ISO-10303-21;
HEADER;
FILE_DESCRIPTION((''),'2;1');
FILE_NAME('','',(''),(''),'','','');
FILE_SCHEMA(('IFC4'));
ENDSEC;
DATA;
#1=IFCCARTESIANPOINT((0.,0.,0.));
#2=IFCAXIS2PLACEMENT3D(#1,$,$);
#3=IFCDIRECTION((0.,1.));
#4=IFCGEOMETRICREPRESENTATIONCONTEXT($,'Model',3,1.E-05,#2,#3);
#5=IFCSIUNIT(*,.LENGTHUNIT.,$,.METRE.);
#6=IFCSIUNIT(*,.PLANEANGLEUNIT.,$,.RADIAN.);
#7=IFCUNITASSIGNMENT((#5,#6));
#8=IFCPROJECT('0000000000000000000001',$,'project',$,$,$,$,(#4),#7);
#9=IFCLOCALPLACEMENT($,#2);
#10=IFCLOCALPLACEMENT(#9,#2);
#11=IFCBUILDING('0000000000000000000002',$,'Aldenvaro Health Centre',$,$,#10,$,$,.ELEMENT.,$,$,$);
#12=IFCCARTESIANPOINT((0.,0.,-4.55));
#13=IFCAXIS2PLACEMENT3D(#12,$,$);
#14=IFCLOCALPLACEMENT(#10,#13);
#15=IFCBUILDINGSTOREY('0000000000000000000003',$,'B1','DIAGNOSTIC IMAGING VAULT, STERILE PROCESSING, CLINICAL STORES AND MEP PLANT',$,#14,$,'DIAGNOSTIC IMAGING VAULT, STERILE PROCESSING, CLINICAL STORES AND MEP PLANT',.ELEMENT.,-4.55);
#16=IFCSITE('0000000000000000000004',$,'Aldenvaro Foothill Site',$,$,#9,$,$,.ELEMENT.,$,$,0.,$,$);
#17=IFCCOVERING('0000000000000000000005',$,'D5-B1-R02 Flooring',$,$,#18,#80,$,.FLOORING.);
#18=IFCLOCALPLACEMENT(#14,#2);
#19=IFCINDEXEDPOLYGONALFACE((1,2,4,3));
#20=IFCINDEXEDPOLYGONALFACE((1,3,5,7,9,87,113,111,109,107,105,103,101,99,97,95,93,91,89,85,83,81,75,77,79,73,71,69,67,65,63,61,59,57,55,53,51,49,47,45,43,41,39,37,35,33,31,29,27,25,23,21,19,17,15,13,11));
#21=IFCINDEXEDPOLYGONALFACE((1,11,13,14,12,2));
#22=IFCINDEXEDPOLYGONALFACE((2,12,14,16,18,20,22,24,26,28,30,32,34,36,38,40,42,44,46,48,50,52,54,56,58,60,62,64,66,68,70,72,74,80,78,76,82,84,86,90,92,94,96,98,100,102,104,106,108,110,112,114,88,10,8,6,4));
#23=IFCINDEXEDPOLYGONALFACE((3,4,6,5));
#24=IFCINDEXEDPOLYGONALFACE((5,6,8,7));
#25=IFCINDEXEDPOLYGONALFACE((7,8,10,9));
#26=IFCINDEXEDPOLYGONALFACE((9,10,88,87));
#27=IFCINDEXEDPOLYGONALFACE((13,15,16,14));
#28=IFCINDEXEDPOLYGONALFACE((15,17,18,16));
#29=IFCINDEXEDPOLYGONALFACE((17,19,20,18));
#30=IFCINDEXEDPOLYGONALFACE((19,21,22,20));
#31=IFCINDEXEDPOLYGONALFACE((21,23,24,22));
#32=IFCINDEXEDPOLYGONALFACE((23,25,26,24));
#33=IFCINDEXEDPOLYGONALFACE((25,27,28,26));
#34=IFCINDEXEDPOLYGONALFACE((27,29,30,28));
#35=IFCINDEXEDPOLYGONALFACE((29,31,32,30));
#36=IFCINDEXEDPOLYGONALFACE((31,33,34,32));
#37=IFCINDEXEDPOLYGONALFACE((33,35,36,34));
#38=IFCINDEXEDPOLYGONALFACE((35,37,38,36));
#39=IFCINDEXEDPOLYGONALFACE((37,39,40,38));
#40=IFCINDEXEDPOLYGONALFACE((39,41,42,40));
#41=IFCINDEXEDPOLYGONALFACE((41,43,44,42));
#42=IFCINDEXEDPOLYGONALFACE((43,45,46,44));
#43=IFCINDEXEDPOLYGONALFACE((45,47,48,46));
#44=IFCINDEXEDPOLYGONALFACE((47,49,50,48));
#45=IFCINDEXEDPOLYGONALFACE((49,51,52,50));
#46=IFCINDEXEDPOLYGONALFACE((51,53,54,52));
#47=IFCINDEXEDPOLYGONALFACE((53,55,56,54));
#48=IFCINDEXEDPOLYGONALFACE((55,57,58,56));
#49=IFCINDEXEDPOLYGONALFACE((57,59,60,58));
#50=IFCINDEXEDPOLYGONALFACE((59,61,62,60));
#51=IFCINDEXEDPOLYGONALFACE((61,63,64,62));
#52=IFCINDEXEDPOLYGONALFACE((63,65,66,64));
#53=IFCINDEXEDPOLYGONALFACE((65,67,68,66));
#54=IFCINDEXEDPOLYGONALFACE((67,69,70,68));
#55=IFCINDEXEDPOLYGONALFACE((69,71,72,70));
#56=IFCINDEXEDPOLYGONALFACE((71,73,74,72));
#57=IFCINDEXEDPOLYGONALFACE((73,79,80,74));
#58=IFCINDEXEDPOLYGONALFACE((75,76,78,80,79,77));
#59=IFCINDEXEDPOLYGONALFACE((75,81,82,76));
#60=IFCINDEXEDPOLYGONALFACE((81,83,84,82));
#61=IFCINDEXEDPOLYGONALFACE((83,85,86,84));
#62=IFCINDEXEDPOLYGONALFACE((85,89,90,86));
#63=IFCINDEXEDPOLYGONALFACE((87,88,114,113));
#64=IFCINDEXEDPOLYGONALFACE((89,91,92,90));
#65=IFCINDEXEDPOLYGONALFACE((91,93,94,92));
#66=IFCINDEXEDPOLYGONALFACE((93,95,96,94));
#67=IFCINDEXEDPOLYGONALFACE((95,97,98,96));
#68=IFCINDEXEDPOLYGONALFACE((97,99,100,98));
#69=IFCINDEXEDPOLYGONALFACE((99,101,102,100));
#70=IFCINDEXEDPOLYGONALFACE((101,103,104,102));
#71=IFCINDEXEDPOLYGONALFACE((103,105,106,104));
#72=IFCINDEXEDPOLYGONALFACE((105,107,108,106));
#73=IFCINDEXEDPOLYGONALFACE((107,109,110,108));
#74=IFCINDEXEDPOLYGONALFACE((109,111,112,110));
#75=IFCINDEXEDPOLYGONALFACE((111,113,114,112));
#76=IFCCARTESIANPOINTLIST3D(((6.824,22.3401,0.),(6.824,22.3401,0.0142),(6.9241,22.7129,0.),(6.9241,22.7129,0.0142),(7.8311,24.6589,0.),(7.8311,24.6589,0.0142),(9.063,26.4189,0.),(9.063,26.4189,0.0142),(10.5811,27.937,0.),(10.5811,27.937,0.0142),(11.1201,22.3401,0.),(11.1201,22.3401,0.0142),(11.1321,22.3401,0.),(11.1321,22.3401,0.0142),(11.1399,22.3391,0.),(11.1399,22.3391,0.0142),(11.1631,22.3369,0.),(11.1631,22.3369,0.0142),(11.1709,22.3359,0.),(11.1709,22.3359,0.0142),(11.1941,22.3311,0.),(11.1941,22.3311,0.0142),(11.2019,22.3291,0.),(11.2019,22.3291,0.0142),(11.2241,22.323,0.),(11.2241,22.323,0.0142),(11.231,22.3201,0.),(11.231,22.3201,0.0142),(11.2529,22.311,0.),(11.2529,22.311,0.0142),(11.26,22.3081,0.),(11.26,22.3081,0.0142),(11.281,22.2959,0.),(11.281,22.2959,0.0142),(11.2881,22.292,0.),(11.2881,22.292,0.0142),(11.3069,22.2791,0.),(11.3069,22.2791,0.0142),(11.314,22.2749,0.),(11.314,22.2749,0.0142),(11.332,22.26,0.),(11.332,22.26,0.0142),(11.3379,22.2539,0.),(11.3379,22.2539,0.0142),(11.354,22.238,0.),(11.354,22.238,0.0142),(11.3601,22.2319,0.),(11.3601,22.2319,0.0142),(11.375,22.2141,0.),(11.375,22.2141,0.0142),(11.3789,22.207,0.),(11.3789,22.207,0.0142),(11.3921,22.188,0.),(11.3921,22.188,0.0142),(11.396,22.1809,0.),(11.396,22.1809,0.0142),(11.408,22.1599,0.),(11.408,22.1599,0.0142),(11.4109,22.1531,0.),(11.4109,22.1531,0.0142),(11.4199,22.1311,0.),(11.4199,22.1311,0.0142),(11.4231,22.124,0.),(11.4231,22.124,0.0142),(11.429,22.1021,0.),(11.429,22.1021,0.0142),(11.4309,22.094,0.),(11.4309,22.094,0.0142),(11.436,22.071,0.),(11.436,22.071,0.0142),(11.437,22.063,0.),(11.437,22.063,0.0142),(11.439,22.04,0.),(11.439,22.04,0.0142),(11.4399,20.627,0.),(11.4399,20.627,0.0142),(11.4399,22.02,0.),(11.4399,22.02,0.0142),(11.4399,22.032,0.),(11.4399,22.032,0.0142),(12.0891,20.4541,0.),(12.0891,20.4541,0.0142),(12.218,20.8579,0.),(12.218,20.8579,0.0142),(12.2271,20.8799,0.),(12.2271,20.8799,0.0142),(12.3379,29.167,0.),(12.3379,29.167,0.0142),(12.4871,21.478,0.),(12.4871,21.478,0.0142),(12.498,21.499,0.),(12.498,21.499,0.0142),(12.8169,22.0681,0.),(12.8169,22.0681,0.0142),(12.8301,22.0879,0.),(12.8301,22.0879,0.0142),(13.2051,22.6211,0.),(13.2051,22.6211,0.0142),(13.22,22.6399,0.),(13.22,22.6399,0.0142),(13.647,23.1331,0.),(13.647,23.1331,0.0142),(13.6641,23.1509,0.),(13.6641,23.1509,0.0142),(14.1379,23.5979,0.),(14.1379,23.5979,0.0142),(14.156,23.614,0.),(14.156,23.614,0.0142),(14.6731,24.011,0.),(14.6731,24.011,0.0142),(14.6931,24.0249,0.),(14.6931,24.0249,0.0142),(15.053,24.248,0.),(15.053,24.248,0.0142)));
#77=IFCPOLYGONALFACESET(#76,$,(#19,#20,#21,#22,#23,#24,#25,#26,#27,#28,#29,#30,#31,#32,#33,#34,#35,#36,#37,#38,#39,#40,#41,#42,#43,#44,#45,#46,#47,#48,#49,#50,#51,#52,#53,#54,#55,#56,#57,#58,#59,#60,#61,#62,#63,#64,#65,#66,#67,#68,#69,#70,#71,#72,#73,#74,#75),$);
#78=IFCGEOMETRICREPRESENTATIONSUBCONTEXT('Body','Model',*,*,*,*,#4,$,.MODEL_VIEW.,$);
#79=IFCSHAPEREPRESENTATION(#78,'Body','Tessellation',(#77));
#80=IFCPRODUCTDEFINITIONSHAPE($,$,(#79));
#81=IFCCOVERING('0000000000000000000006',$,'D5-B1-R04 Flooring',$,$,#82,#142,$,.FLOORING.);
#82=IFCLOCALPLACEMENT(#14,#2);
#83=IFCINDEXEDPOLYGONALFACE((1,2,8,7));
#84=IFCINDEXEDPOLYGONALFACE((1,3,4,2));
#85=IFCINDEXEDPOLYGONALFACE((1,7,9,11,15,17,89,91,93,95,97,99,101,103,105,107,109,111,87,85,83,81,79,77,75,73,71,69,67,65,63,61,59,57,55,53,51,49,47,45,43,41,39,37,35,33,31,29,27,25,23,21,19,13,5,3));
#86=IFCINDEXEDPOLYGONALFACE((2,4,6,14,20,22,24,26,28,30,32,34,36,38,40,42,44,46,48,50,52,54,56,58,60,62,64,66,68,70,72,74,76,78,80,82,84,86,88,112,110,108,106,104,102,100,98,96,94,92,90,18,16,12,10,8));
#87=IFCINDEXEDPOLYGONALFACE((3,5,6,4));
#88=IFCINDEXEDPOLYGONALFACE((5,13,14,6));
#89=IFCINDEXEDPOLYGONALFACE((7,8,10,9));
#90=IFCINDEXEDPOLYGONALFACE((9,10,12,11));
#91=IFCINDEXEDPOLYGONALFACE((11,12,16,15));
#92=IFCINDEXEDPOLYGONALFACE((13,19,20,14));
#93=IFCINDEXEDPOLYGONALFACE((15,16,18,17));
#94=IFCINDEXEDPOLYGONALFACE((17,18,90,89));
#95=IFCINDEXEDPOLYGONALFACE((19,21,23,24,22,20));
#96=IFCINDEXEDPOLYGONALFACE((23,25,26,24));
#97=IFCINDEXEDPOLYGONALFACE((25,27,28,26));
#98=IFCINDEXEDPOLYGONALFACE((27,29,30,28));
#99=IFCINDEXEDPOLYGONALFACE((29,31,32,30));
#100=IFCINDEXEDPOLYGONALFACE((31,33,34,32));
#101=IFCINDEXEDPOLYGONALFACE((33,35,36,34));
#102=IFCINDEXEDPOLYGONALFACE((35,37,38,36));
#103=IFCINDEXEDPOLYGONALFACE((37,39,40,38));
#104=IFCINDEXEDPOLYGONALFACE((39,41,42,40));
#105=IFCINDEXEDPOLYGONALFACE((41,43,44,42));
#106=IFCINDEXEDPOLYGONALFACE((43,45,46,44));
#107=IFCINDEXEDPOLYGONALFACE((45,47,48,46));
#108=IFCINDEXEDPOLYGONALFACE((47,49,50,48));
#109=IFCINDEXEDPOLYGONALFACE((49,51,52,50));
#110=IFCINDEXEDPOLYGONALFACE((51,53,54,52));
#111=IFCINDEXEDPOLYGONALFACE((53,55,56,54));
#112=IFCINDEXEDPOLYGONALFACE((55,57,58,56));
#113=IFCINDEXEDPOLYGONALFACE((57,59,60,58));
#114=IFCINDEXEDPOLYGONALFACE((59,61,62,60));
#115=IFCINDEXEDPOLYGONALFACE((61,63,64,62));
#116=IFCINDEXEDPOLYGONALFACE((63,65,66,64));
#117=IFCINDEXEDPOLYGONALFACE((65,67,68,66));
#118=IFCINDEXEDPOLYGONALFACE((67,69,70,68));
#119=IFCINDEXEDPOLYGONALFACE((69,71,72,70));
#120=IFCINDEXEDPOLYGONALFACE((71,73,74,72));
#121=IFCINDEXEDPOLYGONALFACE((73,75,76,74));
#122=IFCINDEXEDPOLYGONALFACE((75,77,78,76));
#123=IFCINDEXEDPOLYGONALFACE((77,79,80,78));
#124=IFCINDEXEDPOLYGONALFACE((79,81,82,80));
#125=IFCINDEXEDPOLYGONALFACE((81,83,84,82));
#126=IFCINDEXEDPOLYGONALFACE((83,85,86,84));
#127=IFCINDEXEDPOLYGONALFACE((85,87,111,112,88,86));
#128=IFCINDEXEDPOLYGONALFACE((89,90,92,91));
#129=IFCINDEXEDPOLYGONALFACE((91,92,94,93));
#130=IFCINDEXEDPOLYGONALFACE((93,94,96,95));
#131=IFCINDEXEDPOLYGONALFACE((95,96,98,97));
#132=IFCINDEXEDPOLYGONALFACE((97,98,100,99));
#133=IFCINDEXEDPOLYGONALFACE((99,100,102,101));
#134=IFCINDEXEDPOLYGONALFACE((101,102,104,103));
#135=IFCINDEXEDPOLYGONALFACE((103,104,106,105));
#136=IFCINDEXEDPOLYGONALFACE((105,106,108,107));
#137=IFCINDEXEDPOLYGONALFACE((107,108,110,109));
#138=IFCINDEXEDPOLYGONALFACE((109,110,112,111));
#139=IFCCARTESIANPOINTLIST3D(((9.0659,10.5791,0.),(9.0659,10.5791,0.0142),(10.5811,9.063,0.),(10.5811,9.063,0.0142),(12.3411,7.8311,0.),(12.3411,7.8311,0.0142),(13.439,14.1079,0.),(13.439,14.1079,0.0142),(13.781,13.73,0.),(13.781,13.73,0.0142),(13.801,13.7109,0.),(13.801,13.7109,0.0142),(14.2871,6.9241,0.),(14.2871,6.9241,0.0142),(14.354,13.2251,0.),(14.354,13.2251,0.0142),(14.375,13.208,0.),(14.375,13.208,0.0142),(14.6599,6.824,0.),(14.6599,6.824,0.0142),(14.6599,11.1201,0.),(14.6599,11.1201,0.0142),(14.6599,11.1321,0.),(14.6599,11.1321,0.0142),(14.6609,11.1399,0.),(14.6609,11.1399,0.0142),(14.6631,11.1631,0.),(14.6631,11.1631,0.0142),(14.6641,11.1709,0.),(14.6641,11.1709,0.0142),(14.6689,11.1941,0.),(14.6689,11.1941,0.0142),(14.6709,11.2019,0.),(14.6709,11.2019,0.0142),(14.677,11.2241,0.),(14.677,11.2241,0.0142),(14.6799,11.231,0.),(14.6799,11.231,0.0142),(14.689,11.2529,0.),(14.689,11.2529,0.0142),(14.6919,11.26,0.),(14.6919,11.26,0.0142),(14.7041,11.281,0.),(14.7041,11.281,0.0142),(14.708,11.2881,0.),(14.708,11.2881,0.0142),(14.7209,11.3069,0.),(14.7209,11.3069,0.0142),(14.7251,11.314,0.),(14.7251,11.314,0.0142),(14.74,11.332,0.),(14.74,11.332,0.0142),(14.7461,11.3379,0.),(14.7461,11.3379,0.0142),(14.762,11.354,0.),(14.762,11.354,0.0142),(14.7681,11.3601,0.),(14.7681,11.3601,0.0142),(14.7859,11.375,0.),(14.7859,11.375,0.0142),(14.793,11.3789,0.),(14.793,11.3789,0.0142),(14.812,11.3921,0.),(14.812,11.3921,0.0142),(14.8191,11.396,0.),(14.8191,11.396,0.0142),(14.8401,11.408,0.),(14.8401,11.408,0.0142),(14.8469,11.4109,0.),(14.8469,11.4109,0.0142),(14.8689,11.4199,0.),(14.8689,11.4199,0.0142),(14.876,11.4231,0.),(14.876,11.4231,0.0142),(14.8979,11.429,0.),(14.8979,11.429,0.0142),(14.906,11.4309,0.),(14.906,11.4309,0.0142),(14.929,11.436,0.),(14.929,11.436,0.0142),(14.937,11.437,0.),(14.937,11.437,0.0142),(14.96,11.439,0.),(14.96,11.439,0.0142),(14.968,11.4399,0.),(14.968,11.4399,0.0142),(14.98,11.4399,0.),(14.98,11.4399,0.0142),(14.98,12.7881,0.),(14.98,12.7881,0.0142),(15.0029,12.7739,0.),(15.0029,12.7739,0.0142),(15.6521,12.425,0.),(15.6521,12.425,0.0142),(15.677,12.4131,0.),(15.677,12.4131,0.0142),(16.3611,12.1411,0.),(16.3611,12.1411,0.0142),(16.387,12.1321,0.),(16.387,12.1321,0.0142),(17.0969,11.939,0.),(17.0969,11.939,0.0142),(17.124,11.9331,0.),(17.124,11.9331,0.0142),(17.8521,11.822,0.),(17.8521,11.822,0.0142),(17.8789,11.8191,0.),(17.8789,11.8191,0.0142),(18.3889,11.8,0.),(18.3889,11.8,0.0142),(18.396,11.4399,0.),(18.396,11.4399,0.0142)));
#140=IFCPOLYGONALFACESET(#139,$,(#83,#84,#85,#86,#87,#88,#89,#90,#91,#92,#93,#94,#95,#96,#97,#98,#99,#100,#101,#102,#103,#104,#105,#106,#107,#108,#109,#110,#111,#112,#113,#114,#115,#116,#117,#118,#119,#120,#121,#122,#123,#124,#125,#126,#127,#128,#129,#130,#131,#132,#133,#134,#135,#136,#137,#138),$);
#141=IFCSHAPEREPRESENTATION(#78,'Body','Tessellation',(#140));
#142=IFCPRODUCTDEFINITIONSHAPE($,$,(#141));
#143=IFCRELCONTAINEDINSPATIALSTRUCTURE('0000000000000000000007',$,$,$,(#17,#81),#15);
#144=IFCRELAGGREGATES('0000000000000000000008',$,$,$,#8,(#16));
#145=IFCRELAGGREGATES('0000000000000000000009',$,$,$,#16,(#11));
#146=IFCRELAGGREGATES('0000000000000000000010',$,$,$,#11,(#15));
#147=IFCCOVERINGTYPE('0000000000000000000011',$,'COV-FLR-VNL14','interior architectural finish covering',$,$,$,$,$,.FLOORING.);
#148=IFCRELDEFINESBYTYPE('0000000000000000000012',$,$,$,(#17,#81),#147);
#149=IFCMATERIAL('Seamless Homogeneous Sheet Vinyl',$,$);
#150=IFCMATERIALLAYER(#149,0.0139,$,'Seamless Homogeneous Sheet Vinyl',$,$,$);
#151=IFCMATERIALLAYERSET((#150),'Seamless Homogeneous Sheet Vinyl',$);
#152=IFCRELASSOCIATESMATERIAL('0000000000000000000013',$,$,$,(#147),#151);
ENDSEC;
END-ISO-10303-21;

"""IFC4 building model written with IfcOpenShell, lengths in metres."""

from ifc_helpers import new_model, si_unit, direction, frame, origin, place, context, subcontext, project, spatial, polyline, outline, extrude, material, layer, layer_set, type_object, element, save


model = new_model("IFC4")

# Units and contexts
model_context = context("Model", 3, precision=1e-05, world=origin(), true_north=direction((0.0, 1.0)))
body_context = subcontext(model_context, "Body", "Model", "MODEL_VIEW")
ifc_project = project(units=[si_unit("LENGTHUNIT", "METRE"), si_unit("PLANEANGLEUNIT", "RADIAN")], contexts=[model_context])

# Site, building, storey
site_placement = place(None, origin())
site = spatial("IfcSite", under=ifc_project, at=site_placement, Name="Aldenvaro Foothill Site", CompositionType="ELEMENT", RefElevation=0.0)
building_placement = place(site_placement, origin())
building = spatial("IfcBuilding", under=site, at=building_placement, Name="Aldenvaro Health Centre", CompositionType="ELEMENT")
storey_placement = place(building_placement, frame((0.0, 0.0, -4.55)))
storey = spatial("IfcBuildingStorey", under=building, at=storey_placement, Name="B1", Description="DIAGNOSTIC IMAGING VAULT, STERILE PROCESSING, CLINICAL STORES AND MEP PLANT", LongName="DIAGNOSTIC IMAGING VAULT, STERILE PROCESSING, CLINICAL STORES AND MEP PLANT", CompositionType="ELEMENT", Elevation=-4.55)

# Coverings
ifc_material_1 = material(Name="Seamless Homogeneous Sheet Vinyl")
ifc_layer_1 = layer(ifc_material_1, 0.0139, Name="Seamless Homogeneous Sheet Vinyl")
ifc_layer_set_1 = layer_set([ifc_layer_1], Name="Seamless Homogeneous Sheet Vinyl")
covering_type_1 = type_object("IfcCoveringType", Name="COV-FLR-VNL14", Description="interior architectural finish covering", PredefinedType="FLOORING", material=ifc_layer_set_1)
covering_1_placement = place(storey_placement, origin())
element("IfcCovering", 1, at=covering_1_placement, inside=storey, type_object=covering_type_1, Name="D5-B1-R02 Flooring", PredefinedType="FLOORING", context=body_context, shape_type="SweptSolid", body=[
    extrude(outline(polyline([(12.3379, 29.167), (15.053, 24.248), (14.6931, 24.0249), (14.6731, 24.011), (14.156, 23.614), (14.1379, 23.5979), (13.6641, 23.1509), (13.647, 23.1331), (13.22, 22.6399), (13.2051, 22.6211), (12.8301, 22.0879), (12.8169, 22.0681), (12.498, 21.499), (12.4871, 21.478), (12.2271, 20.8799), (12.218, 20.8579), (12.0891, 20.4541), (11.4399, 20.627), (11.4399, 22.02), (11.4399, 22.032), (11.439, 22.04), (11.437, 22.063), (11.436, 22.071), (11.4309, 22.094), (11.429, 22.1021), (11.4231, 22.124), (11.4199, 22.1311), (11.4109, 22.1531), (11.408, 22.1599), (11.396, 22.1809), (11.3921, 22.188), (11.3789, 22.207), (11.375, 22.2141), (11.3601, 22.2319), (11.354, 22.238), (11.3379, 22.2539), (11.332, 22.26), (11.314, 22.2749), (11.3069, 22.2791), (11.2881, 22.292), (11.281, 22.2959), (11.26, 22.3081), (11.2529, 22.311), (11.231, 22.3201), (11.2241, 22.323), (11.2019, 22.3291), (11.1941, 22.3311), (11.1709, 22.3359), (11.1631, 22.3369), (11.1399, 22.3391), (11.1321, 22.3401), (11.1201, 22.3401), (6.824, 22.3401), (6.9241, 22.7129), (7.8311, 24.6589), (9.063, 26.4189), (10.5811, 27.937), (12.3379, 29.167)])), origin(), (0.0, 0.0, 1.0), 0.0142),
])
covering_2_placement = place(storey_placement, origin())
element("IfcCovering", 2, at=covering_2_placement, inside=storey, type_object=covering_type_1, Name="D5-B1-R04 Flooring", PredefinedType="FLOORING", context=body_context, shape_type="SweptSolid", body=[
    extrude(outline(polyline([(9.0659, 10.5791), (13.439, 14.1079), (13.781, 13.73), (13.801, 13.7109), (14.354, 13.2251), (14.375, 13.208), (14.98, 12.7881), (15.0029, 12.7739), (15.6521, 12.425), (15.677, 12.4131), (16.3611, 12.1411), (16.387, 12.1321), (17.0969, 11.939), (17.124, 11.9331), (17.8521, 11.822), (17.8789, 11.8191), (18.3889, 11.8), (18.396, 11.4399), (14.98, 11.4399), (14.968, 11.4399), (14.96, 11.439), (14.937, 11.437), (14.929, 11.436), (14.906, 11.4309), (14.8979, 11.429), (14.876, 11.4231), (14.8689, 11.4199), (14.8469, 11.4109), (14.8401, 11.408), (14.8191, 11.396), (14.812, 11.3921), (14.793, 11.3789), (14.7859, 11.375), (14.7681, 11.3601), (14.762, 11.354), (14.7461, 11.3379), (14.74, 11.332), (14.7251, 11.314), (14.7209, 11.3069), (14.708, 11.2881), (14.7041, 11.281), (14.6919, 11.26), (14.689, 11.2529), (14.6799, 11.231), (14.677, 11.2241), (14.6709, 11.2019), (14.6689, 11.1941), (14.6641, 11.1709), (14.6631, 11.1631), (14.6609, 11.1399), (14.6599, 11.1321), (14.6599, 11.1201), (14.6599, 6.824), (14.2871, 6.9241), (12.3411, 7.8311), (10.5811, 9.063), (9.0659, 10.5791)])), origin(), (0.0, 0.0, 1.0), 0.0142),
])

save(model, "model.ifc")
